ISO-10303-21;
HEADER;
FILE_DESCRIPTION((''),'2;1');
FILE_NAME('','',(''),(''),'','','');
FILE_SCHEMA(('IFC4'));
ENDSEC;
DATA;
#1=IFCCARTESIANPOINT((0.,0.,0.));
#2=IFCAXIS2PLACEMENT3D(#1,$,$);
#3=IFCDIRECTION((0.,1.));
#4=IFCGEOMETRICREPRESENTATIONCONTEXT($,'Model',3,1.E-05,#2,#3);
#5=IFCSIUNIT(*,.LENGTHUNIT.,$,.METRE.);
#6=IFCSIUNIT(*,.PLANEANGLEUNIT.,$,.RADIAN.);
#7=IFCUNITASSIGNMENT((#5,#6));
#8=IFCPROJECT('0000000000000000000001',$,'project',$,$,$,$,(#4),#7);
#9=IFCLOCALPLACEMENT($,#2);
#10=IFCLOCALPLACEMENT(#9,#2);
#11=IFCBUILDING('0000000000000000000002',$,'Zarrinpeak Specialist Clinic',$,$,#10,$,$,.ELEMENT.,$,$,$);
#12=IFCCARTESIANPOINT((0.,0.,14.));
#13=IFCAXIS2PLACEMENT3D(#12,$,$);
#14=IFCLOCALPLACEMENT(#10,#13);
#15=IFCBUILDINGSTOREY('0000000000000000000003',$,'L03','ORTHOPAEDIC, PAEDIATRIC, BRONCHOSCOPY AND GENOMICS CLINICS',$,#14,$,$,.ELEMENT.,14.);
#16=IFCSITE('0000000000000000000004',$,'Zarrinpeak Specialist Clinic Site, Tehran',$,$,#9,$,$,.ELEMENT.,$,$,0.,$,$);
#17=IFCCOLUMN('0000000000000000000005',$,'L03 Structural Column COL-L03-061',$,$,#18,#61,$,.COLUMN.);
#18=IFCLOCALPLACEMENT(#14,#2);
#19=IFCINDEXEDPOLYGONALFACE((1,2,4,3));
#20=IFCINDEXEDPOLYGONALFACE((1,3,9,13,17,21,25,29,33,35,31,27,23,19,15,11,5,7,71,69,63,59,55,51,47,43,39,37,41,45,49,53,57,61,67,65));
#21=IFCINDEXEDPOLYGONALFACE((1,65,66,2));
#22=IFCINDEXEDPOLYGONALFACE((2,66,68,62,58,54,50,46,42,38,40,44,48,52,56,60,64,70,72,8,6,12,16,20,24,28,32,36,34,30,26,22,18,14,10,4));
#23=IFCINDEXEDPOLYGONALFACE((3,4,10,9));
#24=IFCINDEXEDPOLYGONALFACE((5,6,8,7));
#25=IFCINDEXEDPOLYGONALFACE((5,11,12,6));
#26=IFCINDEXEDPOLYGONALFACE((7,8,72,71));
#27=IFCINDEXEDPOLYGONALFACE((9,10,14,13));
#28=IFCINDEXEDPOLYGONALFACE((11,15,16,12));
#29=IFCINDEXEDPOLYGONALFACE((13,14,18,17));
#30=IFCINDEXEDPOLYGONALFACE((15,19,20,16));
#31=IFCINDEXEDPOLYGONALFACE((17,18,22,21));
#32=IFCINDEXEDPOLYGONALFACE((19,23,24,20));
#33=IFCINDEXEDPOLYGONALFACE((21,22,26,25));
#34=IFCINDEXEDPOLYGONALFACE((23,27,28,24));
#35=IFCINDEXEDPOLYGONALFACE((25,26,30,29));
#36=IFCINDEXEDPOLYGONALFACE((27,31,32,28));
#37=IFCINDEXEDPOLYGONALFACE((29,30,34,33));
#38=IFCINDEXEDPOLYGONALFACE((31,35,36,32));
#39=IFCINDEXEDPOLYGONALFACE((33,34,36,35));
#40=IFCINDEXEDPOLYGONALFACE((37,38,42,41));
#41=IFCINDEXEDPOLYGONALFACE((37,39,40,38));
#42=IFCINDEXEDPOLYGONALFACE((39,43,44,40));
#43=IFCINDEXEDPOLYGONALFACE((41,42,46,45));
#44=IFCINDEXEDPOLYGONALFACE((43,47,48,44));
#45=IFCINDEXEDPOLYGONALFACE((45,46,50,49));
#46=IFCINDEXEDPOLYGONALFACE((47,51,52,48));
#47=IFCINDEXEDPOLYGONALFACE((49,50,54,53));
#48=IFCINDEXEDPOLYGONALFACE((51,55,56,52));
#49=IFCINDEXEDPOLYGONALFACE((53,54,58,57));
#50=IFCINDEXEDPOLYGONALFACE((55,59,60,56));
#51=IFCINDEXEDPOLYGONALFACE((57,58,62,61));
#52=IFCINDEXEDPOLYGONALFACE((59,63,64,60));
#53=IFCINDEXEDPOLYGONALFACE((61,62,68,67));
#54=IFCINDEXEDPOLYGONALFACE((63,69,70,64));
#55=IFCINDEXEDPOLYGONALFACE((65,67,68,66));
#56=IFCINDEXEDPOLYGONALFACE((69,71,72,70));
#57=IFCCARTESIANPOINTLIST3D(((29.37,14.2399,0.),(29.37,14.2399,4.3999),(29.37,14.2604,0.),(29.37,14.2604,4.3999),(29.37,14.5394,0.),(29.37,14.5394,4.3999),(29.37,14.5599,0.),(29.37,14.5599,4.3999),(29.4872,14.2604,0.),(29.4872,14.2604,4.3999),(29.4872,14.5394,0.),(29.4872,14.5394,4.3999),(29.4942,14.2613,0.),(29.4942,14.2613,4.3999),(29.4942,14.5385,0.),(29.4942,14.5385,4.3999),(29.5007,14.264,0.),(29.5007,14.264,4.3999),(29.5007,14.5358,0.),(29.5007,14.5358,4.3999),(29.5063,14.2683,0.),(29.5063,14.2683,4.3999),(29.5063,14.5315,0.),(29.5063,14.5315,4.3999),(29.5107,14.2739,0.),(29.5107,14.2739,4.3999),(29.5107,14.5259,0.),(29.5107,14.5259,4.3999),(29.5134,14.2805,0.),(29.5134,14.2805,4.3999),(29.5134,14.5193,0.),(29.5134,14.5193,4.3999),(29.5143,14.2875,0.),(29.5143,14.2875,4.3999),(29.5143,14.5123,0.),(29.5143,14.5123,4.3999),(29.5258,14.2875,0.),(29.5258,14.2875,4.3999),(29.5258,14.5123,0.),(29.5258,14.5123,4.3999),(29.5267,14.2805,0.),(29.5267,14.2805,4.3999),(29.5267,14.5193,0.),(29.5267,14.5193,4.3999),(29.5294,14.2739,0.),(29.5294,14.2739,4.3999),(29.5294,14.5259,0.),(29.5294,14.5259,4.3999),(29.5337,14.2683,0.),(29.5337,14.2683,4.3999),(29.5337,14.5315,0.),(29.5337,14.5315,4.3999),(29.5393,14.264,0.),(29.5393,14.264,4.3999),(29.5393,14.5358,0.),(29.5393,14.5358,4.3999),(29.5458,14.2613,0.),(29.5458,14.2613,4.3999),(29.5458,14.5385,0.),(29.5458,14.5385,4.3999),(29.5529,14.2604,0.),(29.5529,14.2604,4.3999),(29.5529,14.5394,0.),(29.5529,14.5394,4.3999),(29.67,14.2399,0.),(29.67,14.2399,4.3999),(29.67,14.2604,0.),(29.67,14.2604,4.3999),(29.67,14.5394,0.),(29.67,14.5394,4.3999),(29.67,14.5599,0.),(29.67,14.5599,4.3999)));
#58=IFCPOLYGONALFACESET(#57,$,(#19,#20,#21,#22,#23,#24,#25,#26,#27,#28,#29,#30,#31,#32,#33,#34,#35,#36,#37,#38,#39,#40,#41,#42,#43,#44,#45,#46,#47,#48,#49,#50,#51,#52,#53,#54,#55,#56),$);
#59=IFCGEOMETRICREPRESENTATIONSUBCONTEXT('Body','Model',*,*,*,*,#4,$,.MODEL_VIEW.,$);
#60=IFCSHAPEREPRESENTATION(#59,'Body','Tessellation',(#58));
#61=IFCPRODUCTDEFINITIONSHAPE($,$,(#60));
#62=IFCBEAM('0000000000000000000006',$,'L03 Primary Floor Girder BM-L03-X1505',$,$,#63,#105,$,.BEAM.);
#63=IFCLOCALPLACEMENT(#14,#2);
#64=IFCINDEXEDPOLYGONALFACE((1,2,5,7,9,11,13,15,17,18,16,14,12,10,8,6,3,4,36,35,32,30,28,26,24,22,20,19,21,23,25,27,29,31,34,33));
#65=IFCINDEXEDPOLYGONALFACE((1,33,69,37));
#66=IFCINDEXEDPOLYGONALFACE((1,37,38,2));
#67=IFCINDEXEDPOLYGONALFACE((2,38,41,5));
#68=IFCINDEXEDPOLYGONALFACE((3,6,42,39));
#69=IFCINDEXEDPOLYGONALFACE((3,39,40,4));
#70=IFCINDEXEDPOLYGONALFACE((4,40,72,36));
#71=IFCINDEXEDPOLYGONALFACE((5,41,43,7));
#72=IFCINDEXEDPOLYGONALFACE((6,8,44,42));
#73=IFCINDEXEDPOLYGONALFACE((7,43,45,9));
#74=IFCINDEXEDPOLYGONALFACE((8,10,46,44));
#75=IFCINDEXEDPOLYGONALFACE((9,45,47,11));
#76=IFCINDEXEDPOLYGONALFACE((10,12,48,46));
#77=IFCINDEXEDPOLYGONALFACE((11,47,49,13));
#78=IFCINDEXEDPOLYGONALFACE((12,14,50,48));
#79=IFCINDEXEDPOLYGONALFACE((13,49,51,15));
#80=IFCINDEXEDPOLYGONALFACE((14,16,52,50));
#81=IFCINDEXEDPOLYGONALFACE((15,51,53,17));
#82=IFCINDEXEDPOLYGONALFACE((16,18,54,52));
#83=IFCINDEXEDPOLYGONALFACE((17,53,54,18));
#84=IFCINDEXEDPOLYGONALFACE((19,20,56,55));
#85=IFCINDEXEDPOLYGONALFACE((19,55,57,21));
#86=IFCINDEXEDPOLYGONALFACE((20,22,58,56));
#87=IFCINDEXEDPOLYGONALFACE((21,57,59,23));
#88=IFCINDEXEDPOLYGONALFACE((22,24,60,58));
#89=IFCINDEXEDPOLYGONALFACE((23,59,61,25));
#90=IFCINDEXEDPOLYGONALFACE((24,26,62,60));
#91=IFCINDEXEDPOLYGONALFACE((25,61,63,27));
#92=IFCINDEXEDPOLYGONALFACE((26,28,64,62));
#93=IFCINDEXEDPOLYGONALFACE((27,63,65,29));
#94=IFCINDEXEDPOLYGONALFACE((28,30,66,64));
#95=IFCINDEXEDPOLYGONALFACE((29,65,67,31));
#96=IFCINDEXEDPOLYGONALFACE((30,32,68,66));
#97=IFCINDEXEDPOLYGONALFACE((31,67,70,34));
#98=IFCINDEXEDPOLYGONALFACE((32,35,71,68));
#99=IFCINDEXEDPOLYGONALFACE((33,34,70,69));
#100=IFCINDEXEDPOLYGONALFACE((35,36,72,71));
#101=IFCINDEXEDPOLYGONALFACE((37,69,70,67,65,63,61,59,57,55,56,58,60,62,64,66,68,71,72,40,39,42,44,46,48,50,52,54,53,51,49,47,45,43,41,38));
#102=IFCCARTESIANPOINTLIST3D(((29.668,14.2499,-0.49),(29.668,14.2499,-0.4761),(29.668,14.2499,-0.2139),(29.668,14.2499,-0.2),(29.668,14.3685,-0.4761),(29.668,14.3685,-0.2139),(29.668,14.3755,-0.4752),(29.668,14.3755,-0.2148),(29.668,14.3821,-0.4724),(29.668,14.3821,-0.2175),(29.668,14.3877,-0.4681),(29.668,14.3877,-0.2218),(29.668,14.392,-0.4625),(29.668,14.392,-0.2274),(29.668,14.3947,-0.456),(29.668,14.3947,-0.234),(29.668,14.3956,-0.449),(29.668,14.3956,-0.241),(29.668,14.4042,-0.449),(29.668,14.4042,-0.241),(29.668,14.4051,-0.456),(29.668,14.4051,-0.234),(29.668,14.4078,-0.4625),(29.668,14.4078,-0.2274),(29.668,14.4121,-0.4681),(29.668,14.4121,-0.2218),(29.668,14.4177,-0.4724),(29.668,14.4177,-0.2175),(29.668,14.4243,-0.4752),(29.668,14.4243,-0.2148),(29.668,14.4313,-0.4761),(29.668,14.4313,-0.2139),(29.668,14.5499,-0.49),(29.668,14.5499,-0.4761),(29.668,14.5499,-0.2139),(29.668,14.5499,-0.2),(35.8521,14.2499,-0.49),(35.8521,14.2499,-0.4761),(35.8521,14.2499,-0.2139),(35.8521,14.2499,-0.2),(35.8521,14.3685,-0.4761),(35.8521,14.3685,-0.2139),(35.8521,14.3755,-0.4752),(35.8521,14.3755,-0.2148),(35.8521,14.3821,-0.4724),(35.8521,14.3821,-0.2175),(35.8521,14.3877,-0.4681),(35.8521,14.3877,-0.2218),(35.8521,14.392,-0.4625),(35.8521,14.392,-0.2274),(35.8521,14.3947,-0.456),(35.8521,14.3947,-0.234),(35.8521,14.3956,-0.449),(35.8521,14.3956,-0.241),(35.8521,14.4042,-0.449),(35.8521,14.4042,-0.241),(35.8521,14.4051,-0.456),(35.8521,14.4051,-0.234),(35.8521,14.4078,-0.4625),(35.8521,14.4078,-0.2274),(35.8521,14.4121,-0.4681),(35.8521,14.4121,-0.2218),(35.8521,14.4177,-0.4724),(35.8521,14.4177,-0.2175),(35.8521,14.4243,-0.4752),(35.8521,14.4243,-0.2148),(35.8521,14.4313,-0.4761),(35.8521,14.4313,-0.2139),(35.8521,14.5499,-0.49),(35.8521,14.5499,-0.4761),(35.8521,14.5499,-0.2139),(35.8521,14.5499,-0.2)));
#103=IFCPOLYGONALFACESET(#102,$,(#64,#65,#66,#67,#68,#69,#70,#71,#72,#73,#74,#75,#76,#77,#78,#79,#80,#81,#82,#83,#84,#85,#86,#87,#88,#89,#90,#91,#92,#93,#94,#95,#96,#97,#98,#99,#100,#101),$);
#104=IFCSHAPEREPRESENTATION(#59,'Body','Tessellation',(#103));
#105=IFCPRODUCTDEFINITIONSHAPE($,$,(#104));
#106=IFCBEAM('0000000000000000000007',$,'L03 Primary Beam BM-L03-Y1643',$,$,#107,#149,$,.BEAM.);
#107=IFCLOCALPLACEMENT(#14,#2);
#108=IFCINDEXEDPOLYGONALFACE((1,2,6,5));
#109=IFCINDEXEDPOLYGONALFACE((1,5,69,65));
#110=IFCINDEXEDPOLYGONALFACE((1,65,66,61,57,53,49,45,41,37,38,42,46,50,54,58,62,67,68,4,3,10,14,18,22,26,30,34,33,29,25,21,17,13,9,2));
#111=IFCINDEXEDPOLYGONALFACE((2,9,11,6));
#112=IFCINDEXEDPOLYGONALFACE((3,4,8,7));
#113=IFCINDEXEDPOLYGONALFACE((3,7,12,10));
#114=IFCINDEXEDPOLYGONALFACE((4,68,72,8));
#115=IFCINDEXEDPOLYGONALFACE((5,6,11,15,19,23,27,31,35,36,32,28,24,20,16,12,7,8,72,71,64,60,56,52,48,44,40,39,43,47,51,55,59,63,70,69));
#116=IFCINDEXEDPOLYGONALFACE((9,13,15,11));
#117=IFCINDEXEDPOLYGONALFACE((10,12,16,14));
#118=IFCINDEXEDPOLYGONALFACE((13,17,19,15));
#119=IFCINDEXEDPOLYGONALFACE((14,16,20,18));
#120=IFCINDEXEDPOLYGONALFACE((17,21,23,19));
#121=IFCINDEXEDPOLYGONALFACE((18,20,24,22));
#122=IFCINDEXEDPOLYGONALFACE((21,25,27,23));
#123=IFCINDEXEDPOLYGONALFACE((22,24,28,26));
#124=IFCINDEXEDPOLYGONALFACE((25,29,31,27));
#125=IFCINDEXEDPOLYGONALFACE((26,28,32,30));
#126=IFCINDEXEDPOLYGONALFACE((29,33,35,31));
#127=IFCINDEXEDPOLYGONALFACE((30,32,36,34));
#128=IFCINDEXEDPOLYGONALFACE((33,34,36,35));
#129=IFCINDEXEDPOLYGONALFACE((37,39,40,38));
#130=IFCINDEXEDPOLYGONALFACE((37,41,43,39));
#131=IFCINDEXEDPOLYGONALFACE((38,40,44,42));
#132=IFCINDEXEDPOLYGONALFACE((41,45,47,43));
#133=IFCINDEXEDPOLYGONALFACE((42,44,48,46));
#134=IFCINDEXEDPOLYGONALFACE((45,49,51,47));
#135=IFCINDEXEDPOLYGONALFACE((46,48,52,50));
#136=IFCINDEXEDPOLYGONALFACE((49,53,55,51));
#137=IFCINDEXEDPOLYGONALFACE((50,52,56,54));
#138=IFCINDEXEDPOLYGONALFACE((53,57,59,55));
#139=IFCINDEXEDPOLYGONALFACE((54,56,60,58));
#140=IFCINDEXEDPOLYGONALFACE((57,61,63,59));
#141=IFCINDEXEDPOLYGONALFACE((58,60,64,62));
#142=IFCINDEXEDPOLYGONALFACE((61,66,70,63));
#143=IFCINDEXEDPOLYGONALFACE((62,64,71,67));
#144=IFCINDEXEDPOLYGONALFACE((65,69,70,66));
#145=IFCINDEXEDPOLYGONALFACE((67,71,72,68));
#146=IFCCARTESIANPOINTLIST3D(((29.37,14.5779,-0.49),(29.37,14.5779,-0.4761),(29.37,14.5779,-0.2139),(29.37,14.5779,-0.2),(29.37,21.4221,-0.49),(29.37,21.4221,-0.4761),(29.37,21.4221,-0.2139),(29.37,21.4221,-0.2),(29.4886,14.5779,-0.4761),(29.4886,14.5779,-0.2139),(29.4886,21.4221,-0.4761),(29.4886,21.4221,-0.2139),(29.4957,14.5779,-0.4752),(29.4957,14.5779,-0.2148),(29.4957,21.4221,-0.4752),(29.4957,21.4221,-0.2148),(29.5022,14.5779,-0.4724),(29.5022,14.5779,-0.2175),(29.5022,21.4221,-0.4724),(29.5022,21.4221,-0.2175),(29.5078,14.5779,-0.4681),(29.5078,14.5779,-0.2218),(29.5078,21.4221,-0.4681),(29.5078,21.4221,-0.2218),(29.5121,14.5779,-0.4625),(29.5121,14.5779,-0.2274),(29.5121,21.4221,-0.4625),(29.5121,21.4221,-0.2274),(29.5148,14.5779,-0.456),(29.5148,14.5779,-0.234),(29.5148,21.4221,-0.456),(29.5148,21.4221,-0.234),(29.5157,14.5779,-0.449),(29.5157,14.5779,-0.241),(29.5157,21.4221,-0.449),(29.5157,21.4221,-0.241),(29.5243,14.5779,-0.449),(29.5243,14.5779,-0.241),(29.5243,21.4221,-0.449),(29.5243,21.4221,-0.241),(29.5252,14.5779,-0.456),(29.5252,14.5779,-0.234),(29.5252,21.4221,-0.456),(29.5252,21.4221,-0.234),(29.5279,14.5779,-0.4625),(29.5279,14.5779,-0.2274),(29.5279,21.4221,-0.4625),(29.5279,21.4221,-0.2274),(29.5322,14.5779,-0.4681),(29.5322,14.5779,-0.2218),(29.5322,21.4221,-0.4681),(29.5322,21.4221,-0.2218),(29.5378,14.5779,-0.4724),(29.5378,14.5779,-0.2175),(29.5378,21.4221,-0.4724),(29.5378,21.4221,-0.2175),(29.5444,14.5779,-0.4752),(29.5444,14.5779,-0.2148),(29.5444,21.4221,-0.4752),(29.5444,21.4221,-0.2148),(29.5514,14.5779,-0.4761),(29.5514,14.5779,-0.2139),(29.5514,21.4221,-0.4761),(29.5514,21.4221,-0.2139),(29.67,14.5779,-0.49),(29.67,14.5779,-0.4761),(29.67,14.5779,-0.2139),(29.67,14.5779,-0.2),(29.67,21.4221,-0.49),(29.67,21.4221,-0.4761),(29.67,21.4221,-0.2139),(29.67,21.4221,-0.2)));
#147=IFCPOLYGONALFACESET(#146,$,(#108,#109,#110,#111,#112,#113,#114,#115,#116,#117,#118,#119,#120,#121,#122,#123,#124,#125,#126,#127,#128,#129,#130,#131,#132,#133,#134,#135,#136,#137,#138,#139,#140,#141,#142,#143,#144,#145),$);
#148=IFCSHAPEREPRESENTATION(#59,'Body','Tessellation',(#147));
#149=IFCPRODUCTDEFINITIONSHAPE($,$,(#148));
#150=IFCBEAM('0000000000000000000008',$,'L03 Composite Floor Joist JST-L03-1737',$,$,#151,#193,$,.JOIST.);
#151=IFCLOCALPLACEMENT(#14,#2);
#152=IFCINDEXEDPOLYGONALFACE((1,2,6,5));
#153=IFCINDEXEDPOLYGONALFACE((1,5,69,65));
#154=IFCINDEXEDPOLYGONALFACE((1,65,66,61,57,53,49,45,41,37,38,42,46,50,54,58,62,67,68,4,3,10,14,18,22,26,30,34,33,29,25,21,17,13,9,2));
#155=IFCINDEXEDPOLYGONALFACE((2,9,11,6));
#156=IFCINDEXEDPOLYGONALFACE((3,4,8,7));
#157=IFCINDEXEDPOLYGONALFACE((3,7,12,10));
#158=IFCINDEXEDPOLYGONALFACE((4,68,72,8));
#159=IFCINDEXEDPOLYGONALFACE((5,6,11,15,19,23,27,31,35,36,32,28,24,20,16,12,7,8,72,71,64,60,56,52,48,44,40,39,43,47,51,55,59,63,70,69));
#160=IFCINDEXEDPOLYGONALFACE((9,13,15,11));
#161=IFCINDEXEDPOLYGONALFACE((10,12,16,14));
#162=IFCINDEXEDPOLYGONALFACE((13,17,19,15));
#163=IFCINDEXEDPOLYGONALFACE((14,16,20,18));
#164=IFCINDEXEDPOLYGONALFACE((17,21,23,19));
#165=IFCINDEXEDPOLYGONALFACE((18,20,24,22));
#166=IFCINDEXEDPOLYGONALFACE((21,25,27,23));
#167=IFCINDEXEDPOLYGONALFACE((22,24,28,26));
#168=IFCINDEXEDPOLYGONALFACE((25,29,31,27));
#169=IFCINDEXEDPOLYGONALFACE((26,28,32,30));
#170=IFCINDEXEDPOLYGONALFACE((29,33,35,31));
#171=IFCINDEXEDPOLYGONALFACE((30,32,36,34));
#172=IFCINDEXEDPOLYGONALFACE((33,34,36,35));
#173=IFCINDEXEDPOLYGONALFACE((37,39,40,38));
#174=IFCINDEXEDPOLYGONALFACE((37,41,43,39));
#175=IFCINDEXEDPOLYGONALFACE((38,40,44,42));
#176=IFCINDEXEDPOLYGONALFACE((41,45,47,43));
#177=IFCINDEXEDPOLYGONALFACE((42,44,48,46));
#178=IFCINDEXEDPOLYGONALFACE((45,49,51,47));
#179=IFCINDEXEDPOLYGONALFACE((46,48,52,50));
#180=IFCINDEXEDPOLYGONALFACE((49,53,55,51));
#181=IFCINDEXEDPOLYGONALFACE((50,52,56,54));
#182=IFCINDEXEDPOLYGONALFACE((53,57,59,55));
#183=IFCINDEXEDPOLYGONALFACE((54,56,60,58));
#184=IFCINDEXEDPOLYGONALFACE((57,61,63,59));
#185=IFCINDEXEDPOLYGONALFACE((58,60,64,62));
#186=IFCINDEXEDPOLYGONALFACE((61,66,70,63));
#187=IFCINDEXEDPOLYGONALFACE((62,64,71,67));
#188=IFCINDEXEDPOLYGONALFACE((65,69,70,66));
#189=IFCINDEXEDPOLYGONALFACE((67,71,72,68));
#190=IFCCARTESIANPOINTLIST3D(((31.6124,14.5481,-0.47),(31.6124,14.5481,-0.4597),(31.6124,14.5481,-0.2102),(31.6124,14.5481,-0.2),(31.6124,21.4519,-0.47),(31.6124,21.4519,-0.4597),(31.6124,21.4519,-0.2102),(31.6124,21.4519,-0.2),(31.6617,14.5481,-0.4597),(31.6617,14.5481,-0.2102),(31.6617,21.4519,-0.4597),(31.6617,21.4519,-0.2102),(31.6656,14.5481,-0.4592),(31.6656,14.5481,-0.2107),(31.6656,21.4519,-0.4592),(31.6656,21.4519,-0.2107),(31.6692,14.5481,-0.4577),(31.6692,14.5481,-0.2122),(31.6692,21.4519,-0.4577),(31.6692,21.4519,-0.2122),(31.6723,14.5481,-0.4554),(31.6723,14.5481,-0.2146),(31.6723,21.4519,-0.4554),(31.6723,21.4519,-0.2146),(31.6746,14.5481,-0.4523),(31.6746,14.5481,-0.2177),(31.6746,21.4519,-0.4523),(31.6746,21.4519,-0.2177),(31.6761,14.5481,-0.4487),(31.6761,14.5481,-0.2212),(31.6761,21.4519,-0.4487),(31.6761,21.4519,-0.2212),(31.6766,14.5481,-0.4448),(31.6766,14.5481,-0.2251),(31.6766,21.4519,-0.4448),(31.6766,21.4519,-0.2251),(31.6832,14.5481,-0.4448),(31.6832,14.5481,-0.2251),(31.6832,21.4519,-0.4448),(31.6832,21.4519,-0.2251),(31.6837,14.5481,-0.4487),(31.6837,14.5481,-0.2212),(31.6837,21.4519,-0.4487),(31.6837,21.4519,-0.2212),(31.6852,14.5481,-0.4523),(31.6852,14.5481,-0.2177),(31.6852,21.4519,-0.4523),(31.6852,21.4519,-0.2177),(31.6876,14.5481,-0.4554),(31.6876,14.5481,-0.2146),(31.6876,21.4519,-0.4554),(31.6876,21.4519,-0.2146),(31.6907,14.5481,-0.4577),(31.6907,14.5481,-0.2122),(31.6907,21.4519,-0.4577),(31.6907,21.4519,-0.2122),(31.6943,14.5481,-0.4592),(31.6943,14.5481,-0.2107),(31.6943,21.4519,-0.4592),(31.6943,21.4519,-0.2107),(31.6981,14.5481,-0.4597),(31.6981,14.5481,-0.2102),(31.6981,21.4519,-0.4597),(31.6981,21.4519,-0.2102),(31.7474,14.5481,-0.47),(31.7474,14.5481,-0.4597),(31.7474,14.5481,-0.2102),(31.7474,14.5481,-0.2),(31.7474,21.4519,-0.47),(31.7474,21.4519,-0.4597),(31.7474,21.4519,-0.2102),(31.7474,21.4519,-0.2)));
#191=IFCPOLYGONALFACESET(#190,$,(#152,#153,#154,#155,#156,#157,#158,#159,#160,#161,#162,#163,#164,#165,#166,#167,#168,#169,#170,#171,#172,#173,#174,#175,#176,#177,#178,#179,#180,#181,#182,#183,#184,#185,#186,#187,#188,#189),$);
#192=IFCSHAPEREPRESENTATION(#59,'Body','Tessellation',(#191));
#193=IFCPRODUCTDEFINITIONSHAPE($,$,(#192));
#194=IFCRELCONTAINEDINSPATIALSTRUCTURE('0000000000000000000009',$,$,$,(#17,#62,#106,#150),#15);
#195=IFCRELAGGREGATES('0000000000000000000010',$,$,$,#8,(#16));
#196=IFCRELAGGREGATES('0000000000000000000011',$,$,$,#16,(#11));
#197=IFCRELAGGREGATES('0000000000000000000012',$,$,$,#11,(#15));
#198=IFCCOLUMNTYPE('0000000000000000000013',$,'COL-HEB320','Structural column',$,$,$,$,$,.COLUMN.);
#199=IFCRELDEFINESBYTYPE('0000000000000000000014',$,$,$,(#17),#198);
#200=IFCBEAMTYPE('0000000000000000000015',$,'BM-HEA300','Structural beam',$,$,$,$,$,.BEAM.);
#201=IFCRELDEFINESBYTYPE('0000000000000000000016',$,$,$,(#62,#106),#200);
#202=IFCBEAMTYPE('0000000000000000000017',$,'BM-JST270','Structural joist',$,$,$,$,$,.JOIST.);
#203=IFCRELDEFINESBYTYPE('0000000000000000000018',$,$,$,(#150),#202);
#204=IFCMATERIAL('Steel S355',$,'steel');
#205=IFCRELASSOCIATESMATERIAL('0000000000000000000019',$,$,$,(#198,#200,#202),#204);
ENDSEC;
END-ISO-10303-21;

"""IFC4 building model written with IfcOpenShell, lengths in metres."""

from ifc_helpers import new_model, si_unit, direction, frame, origin, origin_2d, place, context, subcontext, project, spatial, i_section, extrude, material, material_profile, profile_set, type_object, element, save


model = new_model("IFC4")

# Units and contexts
model_context = context("Model", 3, precision=1e-05, world=origin(), true_north=direction((0.0, 1.0)))
body_context = subcontext(model_context, "Body", "Model", "MODEL_VIEW")
ifc_project = project(units=[si_unit("LENGTHUNIT", "METRE"), si_unit("PLANEANGLEUNIT", "RADIAN")], contexts=[model_context])

# Site, building, storey
site_placement = place(None, origin())
site = spatial("IfcSite", under=ifc_project, at=site_placement, Name="Zarrinpeak Specialist Clinic Site, Tehran", CompositionType="ELEMENT", RefElevation=0.0)
building_placement = place(site_placement, origin())
building = spatial("IfcBuilding", under=site, at=building_placement, Name="Zarrinpeak Specialist Clinic", CompositionType="ELEMENT")
storey_placement = place(building_placement, frame((0.0, 0.0, 14.0)))
storey = spatial("IfcBuildingStorey", under=building, at=storey_placement, Name="L03", Description="ORTHOPAEDIC, PAEDIATRIC, BRONCHOSCOPY AND GENOMICS CLINICS", CompositionType="ELEMENT", Elevation=14.0)

# Column
ifc_material_1 = material(Name="Steel S355", Category="steel")
ifc_material_profile_1 = material_profile(ifc_material_1, i_section(OverallWidth=0.3, OverallDepth=0.3201, WebThickness=0.0115, FlangeThickness=0.0205, FilletRadius=0.0271, at=origin_2d()), Name="HEB 320")
ifc_profile_set_1 = profile_set([ifc_material_profile_1], Name="Steel S355")
column_type = type_object("IfcColumnType", Name="COL-HEB320", Description="Structural column", PredefinedType="COLUMN", material=ifc_profile_set_1)
column_placement = place(storey_placement, frame((29.52, 14.3999, 0.0), z_axis=(0.0, 0.0, 1.0), x_axis=(1.0, 0.0, 0.0)))
element("IfcColumn", 1, at=column_placement, inside=storey, type_object=column_type, Name="L03 Structural Column COL-L03-061", PredefinedType="COLUMN", context=body_context, shape_type="SweptSolid", body=[
    extrude(i_section(OverallWidth=0.3, OverallDepth=0.3201, WebThickness=0.0115, FlangeThickness=0.0205, FilletRadius=0.0271, at=origin_2d()), origin(), (0.0, 0.0, 1.0), 4.3999),
])

# Beams
ifc_material_profile_2 = material_profile(ifc_material_1, i_section(OverallWidth=0.3, OverallDepth=0.29, WebThickness=0.0085, FlangeThickness=0.0139, FilletRadius=0.0271, at=origin_2d()), Name="HEA 300")
ifc_profile_set_2 = profile_set([ifc_material_profile_2], Name="Steel S355")
beam_type_1 = type_object("IfcBeamType", Name="BM-HEA300", Description="Structural beam", PredefinedType="BEAM", material=ifc_profile_set_2)
beam_1_placement = place(storey_placement, frame((29.668, 14.3999, -0.345), z_axis=(1.0, 0.0, 0.0), x_axis=(0.0, 1.0, 0.0)))
element("IfcBeam", 2, at=beam_1_placement, inside=storey, type_object=beam_type_1, Name="L03 Primary Floor Girder BM-L03-X1505", PredefinedType="BEAM", context=body_context, shape_type="SweptSolid", body=[
    extrude(i_section(OverallWidth=0.3, OverallDepth=0.29, WebThickness=0.0085, FlangeThickness=0.0139, FilletRadius=0.0271, at=origin_2d()), origin(), (0.0, 0.0, 1.0), 6.1841),
])
beam_2_placement = place(storey_placement, frame((29.52, 14.5779, -0.345), z_axis=(0.0, 1.0, 0.0), x_axis=(-1.0, 0.0, 0.0)))
element("IfcBeam", 3, at=beam_2_placement, inside=storey, type_object=beam_type_1, Name="L03 Primary Beam BM-L03-Y1643", PredefinedType="BEAM", context=body_context, shape_type="SweptSolid", body=[
    extrude(i_section(OverallWidth=0.3, OverallDepth=0.29, WebThickness=0.0085, FlangeThickness=0.0139, FilletRadius=0.0271, at=origin_2d()), origin(), (0.0, 0.0, 1.0), 6.8442),
])
ifc_material_profile_3 = material_profile(ifc_material_1, i_section(OverallWidth=0.135, OverallDepth=0.27, WebThickness=0.0066, FlangeThickness=0.0103, FilletRadius=0.0149, at=origin_2d()), Name="IPE 270")
ifc_profile_set_3 = profile_set([ifc_material_profile_3], Name="Steel S355")
beam_type_2 = type_object("IfcBeamType", Name="BM-JST270", Description="Structural joist", PredefinedType="JOIST", material=ifc_profile_set_3)
for number, where, z_axis, x_axis, name in (
    (4, (31.6799, 14.5481, -0.335), (0.0, 1.0, 0.0), (-1.0, 0.0, 0.0), "L03 Composite Floor Joist JST-L03-1737"),
):
    element("IfcBeam", number, at=place(storey_placement, frame(where, z_axis=z_axis, x_axis=x_axis)), inside=storey, type_object=beam_type_2, Name=name, PredefinedType="JOIST", context=body_context, shape_type="SweptSolid", body=[
        extrude(i_section(OverallWidth=0.135, OverallDepth=0.27, WebThickness=0.0066, FlangeThickness=0.0103, FilletRadius=0.0149, at=origin_2d()), origin(), (0.0, 0.0, 1.0), 6.9038),
    ])

save(model, "model.ifc")
